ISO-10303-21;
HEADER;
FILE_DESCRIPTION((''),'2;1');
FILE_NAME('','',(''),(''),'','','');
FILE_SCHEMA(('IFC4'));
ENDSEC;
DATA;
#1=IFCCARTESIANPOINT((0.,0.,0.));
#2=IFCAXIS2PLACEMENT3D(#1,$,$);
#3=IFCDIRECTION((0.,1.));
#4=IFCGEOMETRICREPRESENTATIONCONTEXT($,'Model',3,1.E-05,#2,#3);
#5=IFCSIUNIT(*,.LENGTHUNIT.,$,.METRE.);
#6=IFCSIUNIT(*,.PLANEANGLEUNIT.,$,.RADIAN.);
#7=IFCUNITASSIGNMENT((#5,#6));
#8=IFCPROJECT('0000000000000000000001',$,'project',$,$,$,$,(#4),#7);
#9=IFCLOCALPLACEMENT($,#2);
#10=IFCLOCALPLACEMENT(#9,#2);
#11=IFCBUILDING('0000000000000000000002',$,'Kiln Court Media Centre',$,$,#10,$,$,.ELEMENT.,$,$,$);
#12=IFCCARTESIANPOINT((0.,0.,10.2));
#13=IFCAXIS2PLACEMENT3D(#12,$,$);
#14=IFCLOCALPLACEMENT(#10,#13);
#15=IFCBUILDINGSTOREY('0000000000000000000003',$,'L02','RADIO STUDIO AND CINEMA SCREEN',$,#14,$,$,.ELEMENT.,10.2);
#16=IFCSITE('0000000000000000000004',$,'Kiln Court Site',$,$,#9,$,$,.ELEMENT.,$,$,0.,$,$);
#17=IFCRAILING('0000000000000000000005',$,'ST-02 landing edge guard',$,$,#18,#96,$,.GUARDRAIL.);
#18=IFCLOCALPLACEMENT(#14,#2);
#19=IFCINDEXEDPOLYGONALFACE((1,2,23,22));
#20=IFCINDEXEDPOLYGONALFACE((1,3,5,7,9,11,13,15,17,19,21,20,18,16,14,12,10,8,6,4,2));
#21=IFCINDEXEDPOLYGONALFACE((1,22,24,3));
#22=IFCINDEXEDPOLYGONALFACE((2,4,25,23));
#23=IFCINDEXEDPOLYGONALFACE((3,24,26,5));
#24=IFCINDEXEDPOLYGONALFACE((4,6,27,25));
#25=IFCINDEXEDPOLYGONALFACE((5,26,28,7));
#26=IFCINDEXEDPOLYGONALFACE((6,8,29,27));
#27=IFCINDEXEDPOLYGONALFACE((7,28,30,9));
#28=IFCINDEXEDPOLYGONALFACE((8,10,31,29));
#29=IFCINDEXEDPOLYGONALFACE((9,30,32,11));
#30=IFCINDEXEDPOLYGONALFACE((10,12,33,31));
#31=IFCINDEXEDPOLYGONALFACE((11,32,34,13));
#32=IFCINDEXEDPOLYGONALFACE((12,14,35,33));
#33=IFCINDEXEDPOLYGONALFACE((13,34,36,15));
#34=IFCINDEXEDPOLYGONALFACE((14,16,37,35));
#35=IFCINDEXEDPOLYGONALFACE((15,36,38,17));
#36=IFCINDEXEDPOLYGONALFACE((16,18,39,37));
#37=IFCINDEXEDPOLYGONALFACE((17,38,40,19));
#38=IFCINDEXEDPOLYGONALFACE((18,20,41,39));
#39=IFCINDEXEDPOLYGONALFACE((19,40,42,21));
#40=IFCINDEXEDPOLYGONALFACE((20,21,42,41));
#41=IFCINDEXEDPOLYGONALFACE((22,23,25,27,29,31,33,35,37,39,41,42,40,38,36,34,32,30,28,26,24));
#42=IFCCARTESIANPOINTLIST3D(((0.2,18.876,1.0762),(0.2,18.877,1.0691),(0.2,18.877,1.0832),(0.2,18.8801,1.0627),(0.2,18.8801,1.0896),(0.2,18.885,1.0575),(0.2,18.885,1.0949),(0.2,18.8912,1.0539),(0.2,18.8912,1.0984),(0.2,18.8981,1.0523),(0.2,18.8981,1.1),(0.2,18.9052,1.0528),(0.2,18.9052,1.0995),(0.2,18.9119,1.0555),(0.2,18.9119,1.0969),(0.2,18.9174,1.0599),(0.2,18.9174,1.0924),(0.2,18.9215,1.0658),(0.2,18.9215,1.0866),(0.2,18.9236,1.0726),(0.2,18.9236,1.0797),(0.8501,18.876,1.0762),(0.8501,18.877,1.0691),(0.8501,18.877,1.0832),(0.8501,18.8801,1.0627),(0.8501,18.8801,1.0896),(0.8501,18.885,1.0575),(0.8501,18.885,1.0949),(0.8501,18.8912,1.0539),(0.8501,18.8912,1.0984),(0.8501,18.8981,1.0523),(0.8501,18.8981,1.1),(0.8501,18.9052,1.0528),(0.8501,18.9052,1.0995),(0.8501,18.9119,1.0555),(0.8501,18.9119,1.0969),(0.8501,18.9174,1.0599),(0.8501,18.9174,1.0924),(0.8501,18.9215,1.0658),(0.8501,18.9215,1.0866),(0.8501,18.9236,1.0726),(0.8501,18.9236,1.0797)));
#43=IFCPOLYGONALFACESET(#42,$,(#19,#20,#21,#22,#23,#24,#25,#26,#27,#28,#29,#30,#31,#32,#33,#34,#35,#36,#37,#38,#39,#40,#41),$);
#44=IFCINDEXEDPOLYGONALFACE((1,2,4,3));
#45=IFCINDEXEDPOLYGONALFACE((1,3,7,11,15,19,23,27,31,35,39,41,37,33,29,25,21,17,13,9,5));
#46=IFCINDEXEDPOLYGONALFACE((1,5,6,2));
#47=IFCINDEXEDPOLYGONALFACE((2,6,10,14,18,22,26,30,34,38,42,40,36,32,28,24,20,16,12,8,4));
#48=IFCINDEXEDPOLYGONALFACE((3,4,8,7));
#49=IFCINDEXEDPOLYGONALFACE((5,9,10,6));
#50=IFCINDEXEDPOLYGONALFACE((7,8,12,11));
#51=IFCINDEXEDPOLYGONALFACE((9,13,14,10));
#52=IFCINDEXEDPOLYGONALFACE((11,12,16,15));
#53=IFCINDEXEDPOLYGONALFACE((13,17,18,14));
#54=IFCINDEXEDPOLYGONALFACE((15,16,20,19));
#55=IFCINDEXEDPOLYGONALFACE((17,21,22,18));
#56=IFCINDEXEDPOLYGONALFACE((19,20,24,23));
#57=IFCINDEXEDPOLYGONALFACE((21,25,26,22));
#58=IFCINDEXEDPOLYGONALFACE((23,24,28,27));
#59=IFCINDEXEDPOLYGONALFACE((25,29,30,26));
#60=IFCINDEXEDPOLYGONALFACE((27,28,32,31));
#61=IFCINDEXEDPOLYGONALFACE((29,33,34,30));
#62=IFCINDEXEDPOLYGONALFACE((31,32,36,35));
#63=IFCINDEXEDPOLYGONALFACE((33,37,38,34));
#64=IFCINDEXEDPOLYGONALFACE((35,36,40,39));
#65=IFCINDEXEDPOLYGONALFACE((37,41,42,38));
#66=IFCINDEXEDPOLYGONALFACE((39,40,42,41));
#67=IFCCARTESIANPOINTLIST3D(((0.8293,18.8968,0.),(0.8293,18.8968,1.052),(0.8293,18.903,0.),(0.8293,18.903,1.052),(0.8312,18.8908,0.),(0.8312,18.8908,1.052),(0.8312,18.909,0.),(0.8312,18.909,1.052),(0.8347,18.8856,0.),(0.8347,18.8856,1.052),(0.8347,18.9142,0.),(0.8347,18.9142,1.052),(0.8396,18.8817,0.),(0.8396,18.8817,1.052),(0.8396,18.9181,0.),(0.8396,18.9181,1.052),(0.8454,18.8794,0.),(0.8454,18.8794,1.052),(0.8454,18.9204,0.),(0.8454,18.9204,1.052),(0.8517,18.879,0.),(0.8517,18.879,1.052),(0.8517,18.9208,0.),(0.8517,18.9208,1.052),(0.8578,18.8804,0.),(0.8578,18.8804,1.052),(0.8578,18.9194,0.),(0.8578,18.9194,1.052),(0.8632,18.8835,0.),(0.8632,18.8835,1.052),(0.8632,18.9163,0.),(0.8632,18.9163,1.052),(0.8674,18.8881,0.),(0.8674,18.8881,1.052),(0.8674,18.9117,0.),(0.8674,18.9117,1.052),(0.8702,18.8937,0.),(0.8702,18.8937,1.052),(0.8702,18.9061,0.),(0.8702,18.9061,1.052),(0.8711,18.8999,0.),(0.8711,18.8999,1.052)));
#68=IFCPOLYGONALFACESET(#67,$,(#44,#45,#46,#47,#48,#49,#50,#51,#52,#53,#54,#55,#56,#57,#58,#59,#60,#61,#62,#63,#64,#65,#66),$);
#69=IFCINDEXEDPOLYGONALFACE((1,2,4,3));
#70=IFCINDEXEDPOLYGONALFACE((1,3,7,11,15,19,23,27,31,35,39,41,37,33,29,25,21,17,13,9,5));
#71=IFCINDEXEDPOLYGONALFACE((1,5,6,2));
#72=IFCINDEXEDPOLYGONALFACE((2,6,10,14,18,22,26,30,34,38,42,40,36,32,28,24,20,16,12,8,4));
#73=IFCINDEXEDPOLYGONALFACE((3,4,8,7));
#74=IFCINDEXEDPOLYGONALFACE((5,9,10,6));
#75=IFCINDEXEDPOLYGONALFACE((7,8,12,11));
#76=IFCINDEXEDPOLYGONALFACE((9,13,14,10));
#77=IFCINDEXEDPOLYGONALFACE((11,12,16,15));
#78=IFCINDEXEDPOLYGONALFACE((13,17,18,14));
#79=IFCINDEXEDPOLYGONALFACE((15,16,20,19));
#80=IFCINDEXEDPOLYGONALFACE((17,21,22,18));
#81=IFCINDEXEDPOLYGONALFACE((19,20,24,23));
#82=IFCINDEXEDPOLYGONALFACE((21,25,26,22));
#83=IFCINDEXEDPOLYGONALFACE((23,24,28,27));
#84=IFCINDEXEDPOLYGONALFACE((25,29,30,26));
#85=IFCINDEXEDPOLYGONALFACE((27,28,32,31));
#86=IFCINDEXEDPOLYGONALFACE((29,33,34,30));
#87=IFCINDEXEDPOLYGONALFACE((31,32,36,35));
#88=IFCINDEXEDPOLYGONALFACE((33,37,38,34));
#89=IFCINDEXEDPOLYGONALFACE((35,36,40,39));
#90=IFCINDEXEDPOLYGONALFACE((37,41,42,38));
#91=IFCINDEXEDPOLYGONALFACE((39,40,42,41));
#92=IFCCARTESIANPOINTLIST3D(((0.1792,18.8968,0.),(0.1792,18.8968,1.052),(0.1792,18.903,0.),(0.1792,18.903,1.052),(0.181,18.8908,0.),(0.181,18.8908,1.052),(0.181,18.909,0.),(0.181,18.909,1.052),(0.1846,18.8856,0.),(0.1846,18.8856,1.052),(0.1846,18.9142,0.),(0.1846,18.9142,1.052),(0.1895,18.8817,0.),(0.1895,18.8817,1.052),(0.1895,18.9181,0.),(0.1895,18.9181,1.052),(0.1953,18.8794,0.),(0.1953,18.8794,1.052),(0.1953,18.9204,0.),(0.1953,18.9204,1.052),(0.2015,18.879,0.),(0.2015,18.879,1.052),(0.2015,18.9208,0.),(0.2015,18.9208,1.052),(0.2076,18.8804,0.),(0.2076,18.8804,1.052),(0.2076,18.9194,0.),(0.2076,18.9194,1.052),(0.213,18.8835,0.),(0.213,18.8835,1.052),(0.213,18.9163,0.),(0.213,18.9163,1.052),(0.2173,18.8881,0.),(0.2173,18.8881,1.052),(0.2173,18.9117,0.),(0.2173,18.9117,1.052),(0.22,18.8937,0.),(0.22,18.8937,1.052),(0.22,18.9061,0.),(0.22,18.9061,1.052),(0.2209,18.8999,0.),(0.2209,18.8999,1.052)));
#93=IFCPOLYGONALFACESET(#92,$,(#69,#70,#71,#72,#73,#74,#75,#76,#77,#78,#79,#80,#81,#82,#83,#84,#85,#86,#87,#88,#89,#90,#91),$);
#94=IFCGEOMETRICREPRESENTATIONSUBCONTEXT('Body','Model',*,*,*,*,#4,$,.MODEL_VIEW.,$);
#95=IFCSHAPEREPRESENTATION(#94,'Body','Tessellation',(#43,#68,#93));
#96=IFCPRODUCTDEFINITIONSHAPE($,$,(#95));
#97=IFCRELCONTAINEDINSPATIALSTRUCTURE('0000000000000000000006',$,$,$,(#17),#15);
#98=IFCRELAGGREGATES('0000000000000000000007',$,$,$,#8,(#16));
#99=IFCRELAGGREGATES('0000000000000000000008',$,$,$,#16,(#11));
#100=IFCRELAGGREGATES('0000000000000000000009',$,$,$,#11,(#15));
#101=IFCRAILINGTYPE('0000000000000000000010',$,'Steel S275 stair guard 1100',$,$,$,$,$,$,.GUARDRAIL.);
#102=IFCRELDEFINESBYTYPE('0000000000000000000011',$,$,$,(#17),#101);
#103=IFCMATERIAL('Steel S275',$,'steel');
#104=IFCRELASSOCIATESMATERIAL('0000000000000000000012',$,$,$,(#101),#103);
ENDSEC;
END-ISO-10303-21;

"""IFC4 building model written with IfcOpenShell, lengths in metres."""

from ifc_helpers import new_model, si_unit, direction, frame, origin, origin_2d, place, context, subcontext, project, spatial, circle, extrude, material, type_object, element, save


model = new_model("IFC4")

# Units and contexts
model_context = context("Model", 3, precision=1e-05, world=origin(), true_north=direction((0.0, 1.0)))
body_context = subcontext(model_context, "Body", "Model", "MODEL_VIEW")
ifc_project = project(units=[si_unit("LENGTHUNIT", "METRE"), si_unit("PLANEANGLEUNIT", "RADIAN")], contexts=[model_context])

# Site, building, storey
site_placement = place(None, origin())
site = spatial("IfcSite", under=ifc_project, at=site_placement, Name="Kiln Court Site", CompositionType="ELEMENT", RefElevation=0.0)
building_placement = place(site_placement, origin())
building = spatial("IfcBuilding", under=site, at=building_placement, Name="Kiln Court Media Centre", CompositionType="ELEMENT")
storey_placement = place(building_placement, frame((0.0, 0.0, 10.2)))
storey = spatial("IfcBuildingStorey", under=building, at=storey_placement, Name="L02", Description="RADIO STUDIO AND CINEMA SCREEN", CompositionType="ELEMENT", Elevation=10.2)

# Railing
ifc_material_1 = material(Name="Steel S275", Category="steel")
railing_type_1 = type_object("IfcRailingType", Name="Steel S275 stair guard 1100", PredefinedType="GUARDRAIL", material=ifc_material_1)
for number, where, name in (
    (1, (0.8501, 18.8999, 0.0), "ST-02 landing edge guard"),
):
    element("IfcRailing", number, at=place(storey_placement, frame(where)), inside=storey, type_object=railing_type_1, Name=name, PredefinedType="GUARDRAIL", context=body_context, shape_type="SweptSolid", body=[
        extrude(circle(Radius=0.0239, at=origin_2d()), frame((0.0, 0.0, 1.0762), z_axis=(-1.0, 0.0, 0.0), x_axis=(0.0, -1.0, 0.0)), (0.0, 0.0, 1.0), 0.6501),
        extrude(circle(Radius=0.021, at=origin_2d()), origin(), (0.0, 0.0, 1.0), 1.052),
        extrude(circle(Radius=0.021, at=origin_2d()), frame((-0.6501, 0.0, 0.0)), (0.0, 0.0, 1.0), 1.052),
    ])

save(model, "model.ifc")
